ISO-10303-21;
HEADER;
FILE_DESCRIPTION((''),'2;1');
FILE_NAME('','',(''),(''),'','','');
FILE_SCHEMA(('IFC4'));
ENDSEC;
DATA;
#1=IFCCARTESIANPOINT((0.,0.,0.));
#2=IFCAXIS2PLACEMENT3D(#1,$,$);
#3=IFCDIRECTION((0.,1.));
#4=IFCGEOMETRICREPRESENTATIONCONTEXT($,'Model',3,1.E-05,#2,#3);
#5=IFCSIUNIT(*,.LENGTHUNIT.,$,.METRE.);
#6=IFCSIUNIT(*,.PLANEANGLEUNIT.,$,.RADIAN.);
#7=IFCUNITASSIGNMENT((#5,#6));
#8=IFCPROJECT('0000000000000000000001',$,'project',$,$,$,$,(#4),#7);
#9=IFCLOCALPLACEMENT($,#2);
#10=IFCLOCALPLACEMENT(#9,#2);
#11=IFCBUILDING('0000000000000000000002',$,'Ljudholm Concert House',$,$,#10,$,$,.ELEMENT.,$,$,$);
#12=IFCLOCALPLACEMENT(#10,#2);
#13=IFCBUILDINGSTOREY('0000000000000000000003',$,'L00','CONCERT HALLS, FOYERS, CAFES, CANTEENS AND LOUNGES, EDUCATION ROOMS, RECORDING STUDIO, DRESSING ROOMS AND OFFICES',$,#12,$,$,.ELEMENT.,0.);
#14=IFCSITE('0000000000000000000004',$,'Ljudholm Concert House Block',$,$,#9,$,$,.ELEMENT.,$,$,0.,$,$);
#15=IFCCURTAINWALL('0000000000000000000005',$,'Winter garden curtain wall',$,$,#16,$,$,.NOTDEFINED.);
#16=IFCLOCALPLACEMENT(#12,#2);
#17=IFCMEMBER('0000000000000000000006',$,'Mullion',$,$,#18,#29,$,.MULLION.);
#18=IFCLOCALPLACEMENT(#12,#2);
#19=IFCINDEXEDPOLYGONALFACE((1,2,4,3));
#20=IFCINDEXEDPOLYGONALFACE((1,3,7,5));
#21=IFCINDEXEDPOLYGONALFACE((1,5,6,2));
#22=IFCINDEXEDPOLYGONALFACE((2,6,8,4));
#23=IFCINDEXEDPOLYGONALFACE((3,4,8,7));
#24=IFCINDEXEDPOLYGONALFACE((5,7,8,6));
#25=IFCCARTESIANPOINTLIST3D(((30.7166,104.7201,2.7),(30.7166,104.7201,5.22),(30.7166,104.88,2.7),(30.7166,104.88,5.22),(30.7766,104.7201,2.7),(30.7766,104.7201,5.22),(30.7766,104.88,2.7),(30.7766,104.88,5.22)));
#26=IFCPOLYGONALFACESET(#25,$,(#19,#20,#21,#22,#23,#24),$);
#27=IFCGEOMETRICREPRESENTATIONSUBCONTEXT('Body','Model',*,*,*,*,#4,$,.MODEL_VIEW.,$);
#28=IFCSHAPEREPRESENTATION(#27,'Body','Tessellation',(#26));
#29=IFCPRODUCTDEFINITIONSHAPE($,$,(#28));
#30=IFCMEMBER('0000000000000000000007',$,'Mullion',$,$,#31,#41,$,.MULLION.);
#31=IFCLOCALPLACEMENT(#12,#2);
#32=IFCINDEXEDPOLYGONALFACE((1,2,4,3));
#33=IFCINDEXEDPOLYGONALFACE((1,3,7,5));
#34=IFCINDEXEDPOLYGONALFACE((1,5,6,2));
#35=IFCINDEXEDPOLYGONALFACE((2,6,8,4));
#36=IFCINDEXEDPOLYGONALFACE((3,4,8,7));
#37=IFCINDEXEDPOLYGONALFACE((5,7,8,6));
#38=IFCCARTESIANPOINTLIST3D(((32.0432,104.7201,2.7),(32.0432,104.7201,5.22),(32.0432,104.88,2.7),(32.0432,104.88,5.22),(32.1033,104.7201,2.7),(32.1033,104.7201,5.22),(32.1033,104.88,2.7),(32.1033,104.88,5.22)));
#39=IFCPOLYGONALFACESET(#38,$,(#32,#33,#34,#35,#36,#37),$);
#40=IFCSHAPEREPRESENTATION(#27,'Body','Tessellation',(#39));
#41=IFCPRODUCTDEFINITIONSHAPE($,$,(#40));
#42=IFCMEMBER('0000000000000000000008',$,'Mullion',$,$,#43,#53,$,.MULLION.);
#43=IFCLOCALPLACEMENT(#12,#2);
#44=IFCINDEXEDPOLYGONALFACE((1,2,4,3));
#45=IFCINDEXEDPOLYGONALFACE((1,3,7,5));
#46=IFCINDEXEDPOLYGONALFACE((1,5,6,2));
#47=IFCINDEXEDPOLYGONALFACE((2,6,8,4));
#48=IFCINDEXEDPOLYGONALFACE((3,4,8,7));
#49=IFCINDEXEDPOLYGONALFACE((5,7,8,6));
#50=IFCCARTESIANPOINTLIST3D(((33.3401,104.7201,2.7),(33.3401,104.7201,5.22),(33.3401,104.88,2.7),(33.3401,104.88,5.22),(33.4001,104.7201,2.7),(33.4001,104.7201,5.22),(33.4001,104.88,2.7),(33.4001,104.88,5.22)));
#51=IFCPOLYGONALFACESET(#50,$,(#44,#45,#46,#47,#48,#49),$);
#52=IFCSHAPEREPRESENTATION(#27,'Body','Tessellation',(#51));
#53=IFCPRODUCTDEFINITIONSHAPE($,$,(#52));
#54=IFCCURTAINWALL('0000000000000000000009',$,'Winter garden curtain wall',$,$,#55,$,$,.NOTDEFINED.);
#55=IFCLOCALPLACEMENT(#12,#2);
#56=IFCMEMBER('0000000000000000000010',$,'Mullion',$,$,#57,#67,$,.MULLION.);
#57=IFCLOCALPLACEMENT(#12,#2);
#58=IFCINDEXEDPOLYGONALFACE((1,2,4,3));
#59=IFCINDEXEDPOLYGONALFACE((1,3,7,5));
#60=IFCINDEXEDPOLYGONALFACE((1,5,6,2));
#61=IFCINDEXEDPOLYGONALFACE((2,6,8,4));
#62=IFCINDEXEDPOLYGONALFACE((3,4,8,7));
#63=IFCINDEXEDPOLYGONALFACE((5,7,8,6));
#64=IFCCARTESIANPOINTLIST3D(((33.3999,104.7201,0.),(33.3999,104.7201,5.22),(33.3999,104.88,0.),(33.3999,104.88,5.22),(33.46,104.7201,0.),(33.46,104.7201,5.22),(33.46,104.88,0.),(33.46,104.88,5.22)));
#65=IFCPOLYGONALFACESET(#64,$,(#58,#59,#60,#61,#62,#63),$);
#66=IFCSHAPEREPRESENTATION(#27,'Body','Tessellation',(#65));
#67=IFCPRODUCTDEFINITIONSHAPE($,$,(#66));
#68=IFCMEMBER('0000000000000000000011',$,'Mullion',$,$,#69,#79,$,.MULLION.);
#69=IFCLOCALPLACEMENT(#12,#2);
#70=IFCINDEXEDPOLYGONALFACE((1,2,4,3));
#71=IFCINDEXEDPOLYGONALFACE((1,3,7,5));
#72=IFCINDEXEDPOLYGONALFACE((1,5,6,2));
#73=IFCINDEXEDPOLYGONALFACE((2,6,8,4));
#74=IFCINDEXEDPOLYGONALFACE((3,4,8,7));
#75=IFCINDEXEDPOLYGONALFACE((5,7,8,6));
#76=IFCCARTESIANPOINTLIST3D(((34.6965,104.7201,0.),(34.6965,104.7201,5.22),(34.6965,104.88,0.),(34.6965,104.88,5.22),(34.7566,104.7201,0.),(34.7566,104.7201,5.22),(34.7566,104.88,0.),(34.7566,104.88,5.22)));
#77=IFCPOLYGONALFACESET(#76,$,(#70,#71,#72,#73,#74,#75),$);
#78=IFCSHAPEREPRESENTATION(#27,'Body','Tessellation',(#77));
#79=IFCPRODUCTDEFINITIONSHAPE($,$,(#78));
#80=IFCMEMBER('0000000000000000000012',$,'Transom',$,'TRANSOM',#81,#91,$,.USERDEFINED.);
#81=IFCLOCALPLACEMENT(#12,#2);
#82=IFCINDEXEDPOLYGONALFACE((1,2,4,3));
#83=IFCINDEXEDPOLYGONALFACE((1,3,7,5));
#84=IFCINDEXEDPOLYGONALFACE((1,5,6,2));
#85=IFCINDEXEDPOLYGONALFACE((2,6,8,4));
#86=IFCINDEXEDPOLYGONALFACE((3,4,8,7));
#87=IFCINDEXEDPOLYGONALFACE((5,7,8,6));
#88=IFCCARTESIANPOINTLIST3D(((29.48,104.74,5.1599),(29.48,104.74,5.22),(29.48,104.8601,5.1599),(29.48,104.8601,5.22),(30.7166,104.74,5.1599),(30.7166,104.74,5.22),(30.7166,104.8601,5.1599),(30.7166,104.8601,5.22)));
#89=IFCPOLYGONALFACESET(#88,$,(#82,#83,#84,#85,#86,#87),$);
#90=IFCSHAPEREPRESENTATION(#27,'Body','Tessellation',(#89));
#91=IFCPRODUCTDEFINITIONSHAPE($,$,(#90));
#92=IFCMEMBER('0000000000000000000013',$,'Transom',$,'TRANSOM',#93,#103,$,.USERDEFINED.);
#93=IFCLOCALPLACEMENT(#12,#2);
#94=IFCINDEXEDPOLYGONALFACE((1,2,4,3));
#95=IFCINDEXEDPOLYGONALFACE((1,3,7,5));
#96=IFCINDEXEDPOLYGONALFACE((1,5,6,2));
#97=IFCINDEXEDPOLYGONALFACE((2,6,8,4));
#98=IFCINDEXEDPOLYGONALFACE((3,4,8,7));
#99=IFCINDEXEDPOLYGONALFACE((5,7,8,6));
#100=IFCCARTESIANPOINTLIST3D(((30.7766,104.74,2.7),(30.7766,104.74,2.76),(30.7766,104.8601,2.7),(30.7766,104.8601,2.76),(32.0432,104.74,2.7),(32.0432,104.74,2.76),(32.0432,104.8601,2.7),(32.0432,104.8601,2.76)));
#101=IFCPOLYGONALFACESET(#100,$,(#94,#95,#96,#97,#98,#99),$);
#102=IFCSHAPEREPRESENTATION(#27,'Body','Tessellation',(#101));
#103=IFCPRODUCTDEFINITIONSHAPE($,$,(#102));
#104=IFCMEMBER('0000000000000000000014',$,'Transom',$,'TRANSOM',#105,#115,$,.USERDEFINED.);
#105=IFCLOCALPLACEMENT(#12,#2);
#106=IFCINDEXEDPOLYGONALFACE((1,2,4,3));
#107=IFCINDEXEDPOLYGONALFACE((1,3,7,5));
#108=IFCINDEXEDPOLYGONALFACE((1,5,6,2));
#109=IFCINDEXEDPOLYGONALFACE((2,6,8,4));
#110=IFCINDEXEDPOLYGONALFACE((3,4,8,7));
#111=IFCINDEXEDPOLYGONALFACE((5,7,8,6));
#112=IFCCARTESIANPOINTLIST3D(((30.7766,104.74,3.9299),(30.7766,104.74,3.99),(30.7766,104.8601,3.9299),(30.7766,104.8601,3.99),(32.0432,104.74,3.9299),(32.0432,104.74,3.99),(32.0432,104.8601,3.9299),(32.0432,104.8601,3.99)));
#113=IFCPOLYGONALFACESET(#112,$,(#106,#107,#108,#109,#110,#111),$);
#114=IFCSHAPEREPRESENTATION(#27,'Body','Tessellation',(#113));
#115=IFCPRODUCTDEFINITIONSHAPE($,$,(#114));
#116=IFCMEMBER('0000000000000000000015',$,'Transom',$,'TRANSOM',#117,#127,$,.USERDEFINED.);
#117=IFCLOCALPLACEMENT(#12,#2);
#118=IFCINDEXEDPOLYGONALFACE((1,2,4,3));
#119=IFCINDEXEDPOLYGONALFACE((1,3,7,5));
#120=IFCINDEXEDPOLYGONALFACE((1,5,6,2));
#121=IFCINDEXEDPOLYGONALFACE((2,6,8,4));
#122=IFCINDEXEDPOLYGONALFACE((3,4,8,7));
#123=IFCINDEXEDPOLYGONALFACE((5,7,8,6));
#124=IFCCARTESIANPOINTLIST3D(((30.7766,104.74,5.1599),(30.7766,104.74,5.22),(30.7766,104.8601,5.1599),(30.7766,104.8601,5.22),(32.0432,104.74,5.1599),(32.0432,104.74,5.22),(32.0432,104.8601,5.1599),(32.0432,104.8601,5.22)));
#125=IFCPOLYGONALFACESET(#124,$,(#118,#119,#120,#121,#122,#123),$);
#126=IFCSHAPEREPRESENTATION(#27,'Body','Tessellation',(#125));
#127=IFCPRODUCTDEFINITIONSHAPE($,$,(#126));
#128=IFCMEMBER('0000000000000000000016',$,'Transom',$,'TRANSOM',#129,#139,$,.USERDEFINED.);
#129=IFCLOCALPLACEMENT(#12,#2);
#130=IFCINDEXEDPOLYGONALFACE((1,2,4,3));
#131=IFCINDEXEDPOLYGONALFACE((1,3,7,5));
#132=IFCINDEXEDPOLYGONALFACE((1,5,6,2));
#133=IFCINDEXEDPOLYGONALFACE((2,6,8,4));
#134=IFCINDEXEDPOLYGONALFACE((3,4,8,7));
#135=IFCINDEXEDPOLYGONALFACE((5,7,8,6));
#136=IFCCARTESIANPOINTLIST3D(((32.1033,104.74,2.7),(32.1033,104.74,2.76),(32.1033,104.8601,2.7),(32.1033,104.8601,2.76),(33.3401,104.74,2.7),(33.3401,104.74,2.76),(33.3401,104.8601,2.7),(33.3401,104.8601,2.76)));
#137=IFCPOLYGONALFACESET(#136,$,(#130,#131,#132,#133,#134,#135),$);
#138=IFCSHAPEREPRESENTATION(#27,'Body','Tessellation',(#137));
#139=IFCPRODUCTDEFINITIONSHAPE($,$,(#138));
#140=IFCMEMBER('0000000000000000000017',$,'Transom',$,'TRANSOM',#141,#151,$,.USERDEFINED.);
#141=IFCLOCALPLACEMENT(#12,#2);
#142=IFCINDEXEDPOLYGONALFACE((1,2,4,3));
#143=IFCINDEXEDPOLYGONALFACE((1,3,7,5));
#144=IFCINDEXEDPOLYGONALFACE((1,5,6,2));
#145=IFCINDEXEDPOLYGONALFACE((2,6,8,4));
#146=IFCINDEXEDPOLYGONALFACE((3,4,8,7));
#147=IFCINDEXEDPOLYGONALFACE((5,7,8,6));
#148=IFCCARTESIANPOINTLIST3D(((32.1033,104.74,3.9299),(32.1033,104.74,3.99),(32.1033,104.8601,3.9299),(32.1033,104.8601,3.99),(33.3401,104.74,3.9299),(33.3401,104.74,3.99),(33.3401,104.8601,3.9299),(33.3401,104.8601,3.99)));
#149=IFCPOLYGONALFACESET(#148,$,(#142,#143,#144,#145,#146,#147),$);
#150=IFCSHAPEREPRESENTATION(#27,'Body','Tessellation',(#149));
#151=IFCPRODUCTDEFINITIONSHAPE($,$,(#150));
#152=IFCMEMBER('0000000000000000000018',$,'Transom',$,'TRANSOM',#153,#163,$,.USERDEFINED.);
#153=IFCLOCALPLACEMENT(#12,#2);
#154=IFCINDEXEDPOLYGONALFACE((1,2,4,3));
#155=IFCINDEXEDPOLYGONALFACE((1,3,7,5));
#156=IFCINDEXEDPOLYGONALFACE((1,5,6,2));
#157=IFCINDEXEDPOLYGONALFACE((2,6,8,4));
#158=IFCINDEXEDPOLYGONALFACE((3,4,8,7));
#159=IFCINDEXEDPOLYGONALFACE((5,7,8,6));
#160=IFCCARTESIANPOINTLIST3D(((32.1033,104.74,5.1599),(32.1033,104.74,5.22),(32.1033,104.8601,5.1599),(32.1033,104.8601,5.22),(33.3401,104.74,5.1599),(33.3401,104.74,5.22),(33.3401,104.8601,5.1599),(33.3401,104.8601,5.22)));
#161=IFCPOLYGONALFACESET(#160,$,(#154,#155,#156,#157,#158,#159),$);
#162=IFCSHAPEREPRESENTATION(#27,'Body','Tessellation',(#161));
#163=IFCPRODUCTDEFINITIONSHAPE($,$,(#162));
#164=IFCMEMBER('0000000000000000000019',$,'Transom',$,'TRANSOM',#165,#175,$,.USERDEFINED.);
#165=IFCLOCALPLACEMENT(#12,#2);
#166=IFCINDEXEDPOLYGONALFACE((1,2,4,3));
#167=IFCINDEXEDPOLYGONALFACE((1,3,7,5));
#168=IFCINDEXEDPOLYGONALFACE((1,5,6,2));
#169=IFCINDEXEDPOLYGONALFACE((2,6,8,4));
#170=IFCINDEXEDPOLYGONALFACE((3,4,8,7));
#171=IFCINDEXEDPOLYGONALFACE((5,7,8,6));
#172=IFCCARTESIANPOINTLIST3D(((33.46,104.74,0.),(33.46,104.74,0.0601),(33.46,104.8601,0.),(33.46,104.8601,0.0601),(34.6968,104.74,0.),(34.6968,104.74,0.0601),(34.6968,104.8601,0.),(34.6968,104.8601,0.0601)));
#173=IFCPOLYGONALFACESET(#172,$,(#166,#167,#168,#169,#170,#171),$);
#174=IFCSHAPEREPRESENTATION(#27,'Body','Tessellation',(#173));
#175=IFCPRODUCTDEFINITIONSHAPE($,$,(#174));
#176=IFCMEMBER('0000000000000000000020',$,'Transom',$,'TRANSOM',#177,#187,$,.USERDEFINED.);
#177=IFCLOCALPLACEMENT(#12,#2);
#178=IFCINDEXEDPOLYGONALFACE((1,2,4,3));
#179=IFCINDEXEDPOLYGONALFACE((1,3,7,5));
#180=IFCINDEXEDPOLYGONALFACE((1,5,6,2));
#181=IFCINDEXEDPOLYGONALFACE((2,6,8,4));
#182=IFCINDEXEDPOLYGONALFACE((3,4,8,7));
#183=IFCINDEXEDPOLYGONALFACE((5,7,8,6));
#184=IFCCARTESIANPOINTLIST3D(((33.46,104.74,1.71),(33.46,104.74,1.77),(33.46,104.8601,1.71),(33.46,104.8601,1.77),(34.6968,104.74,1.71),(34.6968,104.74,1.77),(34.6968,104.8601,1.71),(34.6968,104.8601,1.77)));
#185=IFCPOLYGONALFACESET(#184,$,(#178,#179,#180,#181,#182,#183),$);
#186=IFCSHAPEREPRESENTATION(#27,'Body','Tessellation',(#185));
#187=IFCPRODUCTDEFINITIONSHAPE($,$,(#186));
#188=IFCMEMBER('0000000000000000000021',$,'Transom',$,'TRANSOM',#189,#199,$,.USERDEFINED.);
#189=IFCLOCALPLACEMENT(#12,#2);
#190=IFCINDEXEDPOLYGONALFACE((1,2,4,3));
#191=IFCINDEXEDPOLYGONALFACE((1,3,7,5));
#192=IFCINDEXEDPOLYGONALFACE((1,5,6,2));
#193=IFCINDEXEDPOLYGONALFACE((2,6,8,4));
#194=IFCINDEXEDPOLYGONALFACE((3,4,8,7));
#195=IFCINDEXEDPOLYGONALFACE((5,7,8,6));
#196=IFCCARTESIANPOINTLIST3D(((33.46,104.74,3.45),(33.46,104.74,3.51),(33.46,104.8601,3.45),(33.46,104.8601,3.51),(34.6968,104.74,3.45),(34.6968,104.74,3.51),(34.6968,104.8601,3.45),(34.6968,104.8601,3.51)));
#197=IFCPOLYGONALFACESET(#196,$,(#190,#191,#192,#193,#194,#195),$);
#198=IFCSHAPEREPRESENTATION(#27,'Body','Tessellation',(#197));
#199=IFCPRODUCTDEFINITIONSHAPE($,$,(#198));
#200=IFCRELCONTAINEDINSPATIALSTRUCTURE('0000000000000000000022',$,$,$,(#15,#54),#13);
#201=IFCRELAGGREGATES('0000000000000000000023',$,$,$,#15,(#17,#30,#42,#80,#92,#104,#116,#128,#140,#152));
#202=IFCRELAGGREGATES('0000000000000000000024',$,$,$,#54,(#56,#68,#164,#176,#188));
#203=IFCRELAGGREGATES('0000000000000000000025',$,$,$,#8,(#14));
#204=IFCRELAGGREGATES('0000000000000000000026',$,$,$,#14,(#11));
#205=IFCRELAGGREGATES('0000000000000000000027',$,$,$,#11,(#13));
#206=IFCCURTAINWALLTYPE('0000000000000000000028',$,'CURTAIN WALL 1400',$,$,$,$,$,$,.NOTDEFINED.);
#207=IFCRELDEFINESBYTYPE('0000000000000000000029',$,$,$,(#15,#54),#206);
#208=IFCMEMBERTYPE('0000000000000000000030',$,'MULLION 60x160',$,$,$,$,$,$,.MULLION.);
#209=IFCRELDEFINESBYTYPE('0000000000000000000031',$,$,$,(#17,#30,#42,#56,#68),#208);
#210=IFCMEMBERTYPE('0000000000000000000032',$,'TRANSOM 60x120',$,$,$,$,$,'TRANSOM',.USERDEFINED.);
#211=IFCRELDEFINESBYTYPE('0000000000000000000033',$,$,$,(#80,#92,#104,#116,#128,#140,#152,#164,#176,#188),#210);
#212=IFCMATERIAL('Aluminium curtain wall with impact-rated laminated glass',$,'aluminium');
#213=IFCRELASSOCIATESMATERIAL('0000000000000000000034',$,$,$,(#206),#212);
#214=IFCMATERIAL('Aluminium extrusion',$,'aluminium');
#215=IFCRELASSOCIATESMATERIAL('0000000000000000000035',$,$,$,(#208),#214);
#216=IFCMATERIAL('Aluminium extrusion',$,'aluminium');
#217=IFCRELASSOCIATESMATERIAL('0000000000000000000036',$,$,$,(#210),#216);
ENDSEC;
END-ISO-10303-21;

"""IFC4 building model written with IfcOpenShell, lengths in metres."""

from ifc_helpers import new_model, si_unit, direction, frame, origin, origin_2d, place, context, subcontext, project, spatial, rectangle, extrude, material, material_profile, profile_set, type_object, element, aggregate, save


model = new_model("IFC4")

# Units and contexts
model_context = context("Model", 3, precision=1e-05, world=origin(), true_north=direction((0.0, 1.0)))
body_context = subcontext(model_context, "Body", "Model", "MODEL_VIEW")
ifc_project = project(units=[si_unit("LENGTHUNIT", "METRE"), si_unit("PLANEANGLEUNIT", "RADIAN")], contexts=[model_context])

# Site, building, storey
site_placement = place(None, origin())
site = spatial("IfcSite", under=ifc_project, at=site_placement, Name="Ljudholm Concert House Block", CompositionType="ELEMENT", RefElevation=0.0)
building_placement = place(site_placement, origin())
building = spatial("IfcBuilding", under=site, at=building_placement, Name="Ljudholm Concert House", CompositionType="ELEMENT")
storey_placement = place(building_placement, origin())
storey = spatial("IfcBuildingStorey", under=building, at=storey_placement, Name="L00", Description="CONCERT HALLS, FOYERS, CAFES, CANTEENS AND LOUNGES, EDUCATION ROOMS, RECORDING STUDIO, DRESSING ROOMS AND OFFICES", CompositionType="ELEMENT", Elevation=0.0)

# Curtain walls, members
ifc_material_1 = material(Name="Aluminium curtain wall with impact-rated laminated glass", Category="aluminium")
curtain_wall_type = type_object("IfcCurtainWallType", Name="CURTAIN WALL 1400", PredefinedType="NOTDEFINED", material=ifc_material_1)
curtain_wall_1_placement = place(storey_placement, origin())
curtain_wall_1 = element("IfcCurtainWall", 1, at=curtain_wall_1_placement, inside=storey, type_object=curtain_wall_type, Name="Winter garden curtain wall", PredefinedType="NOTDEFINED")
ifc_material_2 = material(Name="Aluminium extrusion", Category="aluminium")
ifc_material_profile_1 = material_profile(ifc_material_2, rectangle(XDim=0.1599, YDim=0.0601, at=origin_2d()), Name="MULLION 60x160")
ifc_profile_set_1 = profile_set([ifc_material_profile_1], Name="Aluminium extrusion")
member_type_1 = type_object("IfcMemberType", Name="MULLION 60x160", PredefinedType="MULLION", material=ifc_profile_set_1)
member_1_placement = place(storey_placement, frame((30.7466, 104.8, 2.7), z_axis=(0.0, 0.0, 1.0), x_axis=(0.0, 1.0, 0.0)))
member_1 = element("IfcMember", 2, at=member_1_placement, type_object=member_type_1, Name="Mullion", PredefinedType="MULLION", context=body_context, shape_type="SweptSolid", body=[
    extrude(rectangle(XDim=0.1599, YDim=0.0601, at=origin_2d()), origin(), (0.0, 0.0, 1.0), 2.52),
])
member_2_placement = place(storey_placement, frame((32.0732, 104.8, 2.7), z_axis=(0.0, 0.0, 1.0), x_axis=(0.0, 1.0, 0.0)))
member_2 = element("IfcMember", 3, at=member_2_placement, type_object=member_type_1, Name="Mullion", PredefinedType="MULLION", context=body_context, shape_type="SweptSolid", body=[
    extrude(rectangle(XDim=0.1599, YDim=0.0601, at=origin_2d()), origin(), (0.0, 0.0, 1.0), 2.52),
])
member_3_placement = place(storey_placement, frame((33.3701, 104.8, 2.7), z_axis=(0.0, 0.0, 1.0), x_axis=(0.0, 1.0, 0.0)))
member_3 = element("IfcMember", 4, at=member_3_placement, type_object=member_type_1, Name="Mullion", PredefinedType="MULLION", context=body_context, shape_type="SweptSolid", body=[
    extrude(rectangle(XDim=0.1599, YDim=0.0601, at=origin_2d()), origin(), (0.0, 0.0, 1.0), 2.52),
])
curtain_wall_2_placement = place(storey_placement, origin())
curtain_wall_2 = element("IfcCurtainWall", 5, at=curtain_wall_2_placement, inside=storey, type_object=curtain_wall_type, Name="Winter garden curtain wall", PredefinedType="NOTDEFINED")
member_4_placement = place(storey_placement, frame((33.4299, 104.8, 0.0), z_axis=(0.0, 0.0, 1.0), x_axis=(0.0, 1.0, 0.0)))
member_4 = element("IfcMember", 6, at=member_4_placement, type_object=member_type_1, Name="Mullion", PredefinedType="MULLION", context=body_context, shape_type="SweptSolid", body=[
    extrude(rectangle(XDim=0.1599, YDim=0.0601, at=origin_2d()), origin(), (0.0, 0.0, 1.0), 5.22),
])
member_5_placement = place(storey_placement, frame((34.7266, 104.8, 0.0), z_axis=(0.0, 0.0, 1.0), x_axis=(0.0, 1.0, 0.0)))
member_5 = element("IfcMember", 7, at=member_5_placement, type_object=member_type_1, Name="Mullion", PredefinedType="MULLION", context=body_context, shape_type="SweptSolid", body=[
    extrude(rectangle(XDim=0.1599, YDim=0.0601, at=origin_2d()), origin(), (0.0, 0.0, 1.0), 5.22),
])

# Members
ifc_material_3 = material(Name="Aluminium extrusion", Category="aluminium")
ifc_material_profile_2 = material_profile(ifc_material_3, rectangle(XDim=0.1201, YDim=0.0601, at=origin_2d()), Name="TRANSOM 60x120")
ifc_profile_set_2 = profile_set([ifc_material_profile_2], Name="Aluminium extrusion")
member_type_2 = type_object("IfcMemberType", Name="TRANSOM 60x120", ElementType="TRANSOM", PredefinedType="USERDEFINED", material=ifc_profile_set_2)
member_6_placement = place(storey_placement, frame((29.48, 104.8, 5.1899), z_axis=(1.0, 0.0, 0.0), x_axis=(0.0, 1.0, 0.0)))
member_6 = element("IfcMember", 8, at=member_6_placement, type_object=member_type_2, Name="Transom", ObjectType="TRANSOM", PredefinedType="USERDEFINED", context=body_context, shape_type="SweptSolid", body=[
    extrude(rectangle(XDim=0.1201, YDim=0.0601, at=origin_2d()), origin(), (0.0, 0.0, 1.0), 1.2366),
])
member_7_placement = place(storey_placement, frame((30.7766, 104.8, 2.73), z_axis=(1.0, 0.0, 0.0), x_axis=(0.0, 1.0, 0.0)))
member_7 = element("IfcMember", 9, at=member_7_placement, type_object=member_type_2, Name="Transom", ObjectType="TRANSOM", PredefinedType="USERDEFINED", context=body_context, shape_type="SweptSolid", body=[
    extrude(rectangle(XDim=0.1201, YDim=0.0601, at=origin_2d()), origin(), (0.0, 0.0, 1.0), 1.2666),
])
member_8_placement = place(storey_placement, frame((30.7766, 104.8, 3.96), z_axis=(1.0, 0.0, 0.0), x_axis=(0.0, 1.0, 0.0)))
member_8 = element("IfcMember", 10, at=member_8_placement, type_object=member_type_2, Name="Transom", ObjectType="TRANSOM", PredefinedType="USERDEFINED", context=body_context, shape_type="SweptSolid", body=[
    extrude(rectangle(XDim=0.1201, YDim=0.0601, at=origin_2d()), origin(), (0.0, 0.0, 1.0), 1.2666),
])
member_9_placement = place(storey_placement, frame((30.7766, 104.8, 5.1899), z_axis=(1.0, 0.0, 0.0), x_axis=(0.0, 1.0, 0.0)))
member_9 = element("IfcMember", 11, at=member_9_placement, type_object=member_type_2, Name="Transom", ObjectType="TRANSOM", PredefinedType="USERDEFINED", context=body_context, shape_type="SweptSolid", body=[
    extrude(rectangle(XDim=0.1201, YDim=0.0601, at=origin_2d()), origin(), (0.0, 0.0, 1.0), 1.2666),
])
member_10_placement = place(storey_placement, frame((32.1033, 104.8, 2.73), z_axis=(1.0, 0.0, 0.0), x_axis=(0.0, 1.0, 0.0)))
member_10 = element("IfcMember", 12, at=member_10_placement, type_object=member_type_2, Name="Transom", ObjectType="TRANSOM", PredefinedType="USERDEFINED", context=body_context, shape_type="SweptSolid", body=[
    extrude(rectangle(XDim=0.1201, YDim=0.0601, at=origin_2d()), origin(), (0.0, 0.0, 1.0), 1.2368),
])
member_11_placement = place(storey_placement, frame((32.1033, 104.8, 3.96), z_axis=(1.0, 0.0, 0.0), x_axis=(0.0, 1.0, 0.0)))
member_11 = element("IfcMember", 13, at=member_11_placement, type_object=member_type_2, Name="Transom", ObjectType="TRANSOM", PredefinedType="USERDEFINED", context=body_context, shape_type="SweptSolid", body=[
    extrude(rectangle(XDim=0.1201, YDim=0.0601, at=origin_2d()), origin(), (0.0, 0.0, 1.0), 1.2368),
])
member_12_placement = place(storey_placement, frame((32.1033, 104.8, 5.1899), z_axis=(1.0, 0.0, 0.0), x_axis=(0.0, 1.0, 0.0)))
member_12 = element("IfcMember", 14, at=member_12_placement, type_object=member_type_2, Name="Transom", ObjectType="TRANSOM", PredefinedType="USERDEFINED", context=body_context, shape_type="SweptSolid", body=[
    extrude(rectangle(XDim=0.1201, YDim=0.0601, at=origin_2d()), origin(), (0.0, 0.0, 1.0), 1.2368),
])
member_13_placement = place(storey_placement, frame((33.46, 104.8, 0.03), z_axis=(1.0, 0.0, 0.0), x_axis=(0.0, 1.0, 0.0)))
member_13 = element("IfcMember", 15, at=member_13_placement, type_object=member_type_2, Name="Transom", ObjectType="TRANSOM", PredefinedType="USERDEFINED", context=body_context, shape_type="SweptSolid", body=[
    extrude(rectangle(XDim=0.1201, YDim=0.0601, at=origin_2d()), origin(), (0.0, 0.0, 1.0), 1.2368),
])
member_14_placement = place(storey_placement, frame((33.46, 104.8, 1.74), z_axis=(1.0, 0.0, 0.0), x_axis=(0.0, 1.0, 0.0)))
member_14 = element("IfcMember", 16, at=member_14_placement, type_object=member_type_2, Name="Transom", ObjectType="TRANSOM", PredefinedType="USERDEFINED", context=body_context, shape_type="SweptSolid", body=[
    extrude(rectangle(XDim=0.1201, YDim=0.0601, at=origin_2d()), origin(), (0.0, 0.0, 1.0), 1.2368),
])
member_15_placement = place(storey_placement, frame((33.46, 104.8, 3.48), z_axis=(1.0, 0.0, 0.0), x_axis=(0.0, 1.0, 0.0)))
member_15 = element("IfcMember", 17, at=member_15_placement, type_object=member_type_2, Name="Transom", ObjectType="TRANSOM", PredefinedType="USERDEFINED", context=body_context, shape_type="SweptSolid", body=[
    extrude(rectangle(XDim=0.1201, YDim=0.0601, at=origin_2d()), origin(), (0.0, 0.0, 1.0), 1.2368),
])

aggregate(curtain_wall_1, [member_1, member_2, member_3, member_6, member_7, member_8, member_9, member_10, member_11, member_12])
aggregate(curtain_wall_2, [member_4, member_5, member_13, member_14, member_15])

save(model, "model.ifc")
